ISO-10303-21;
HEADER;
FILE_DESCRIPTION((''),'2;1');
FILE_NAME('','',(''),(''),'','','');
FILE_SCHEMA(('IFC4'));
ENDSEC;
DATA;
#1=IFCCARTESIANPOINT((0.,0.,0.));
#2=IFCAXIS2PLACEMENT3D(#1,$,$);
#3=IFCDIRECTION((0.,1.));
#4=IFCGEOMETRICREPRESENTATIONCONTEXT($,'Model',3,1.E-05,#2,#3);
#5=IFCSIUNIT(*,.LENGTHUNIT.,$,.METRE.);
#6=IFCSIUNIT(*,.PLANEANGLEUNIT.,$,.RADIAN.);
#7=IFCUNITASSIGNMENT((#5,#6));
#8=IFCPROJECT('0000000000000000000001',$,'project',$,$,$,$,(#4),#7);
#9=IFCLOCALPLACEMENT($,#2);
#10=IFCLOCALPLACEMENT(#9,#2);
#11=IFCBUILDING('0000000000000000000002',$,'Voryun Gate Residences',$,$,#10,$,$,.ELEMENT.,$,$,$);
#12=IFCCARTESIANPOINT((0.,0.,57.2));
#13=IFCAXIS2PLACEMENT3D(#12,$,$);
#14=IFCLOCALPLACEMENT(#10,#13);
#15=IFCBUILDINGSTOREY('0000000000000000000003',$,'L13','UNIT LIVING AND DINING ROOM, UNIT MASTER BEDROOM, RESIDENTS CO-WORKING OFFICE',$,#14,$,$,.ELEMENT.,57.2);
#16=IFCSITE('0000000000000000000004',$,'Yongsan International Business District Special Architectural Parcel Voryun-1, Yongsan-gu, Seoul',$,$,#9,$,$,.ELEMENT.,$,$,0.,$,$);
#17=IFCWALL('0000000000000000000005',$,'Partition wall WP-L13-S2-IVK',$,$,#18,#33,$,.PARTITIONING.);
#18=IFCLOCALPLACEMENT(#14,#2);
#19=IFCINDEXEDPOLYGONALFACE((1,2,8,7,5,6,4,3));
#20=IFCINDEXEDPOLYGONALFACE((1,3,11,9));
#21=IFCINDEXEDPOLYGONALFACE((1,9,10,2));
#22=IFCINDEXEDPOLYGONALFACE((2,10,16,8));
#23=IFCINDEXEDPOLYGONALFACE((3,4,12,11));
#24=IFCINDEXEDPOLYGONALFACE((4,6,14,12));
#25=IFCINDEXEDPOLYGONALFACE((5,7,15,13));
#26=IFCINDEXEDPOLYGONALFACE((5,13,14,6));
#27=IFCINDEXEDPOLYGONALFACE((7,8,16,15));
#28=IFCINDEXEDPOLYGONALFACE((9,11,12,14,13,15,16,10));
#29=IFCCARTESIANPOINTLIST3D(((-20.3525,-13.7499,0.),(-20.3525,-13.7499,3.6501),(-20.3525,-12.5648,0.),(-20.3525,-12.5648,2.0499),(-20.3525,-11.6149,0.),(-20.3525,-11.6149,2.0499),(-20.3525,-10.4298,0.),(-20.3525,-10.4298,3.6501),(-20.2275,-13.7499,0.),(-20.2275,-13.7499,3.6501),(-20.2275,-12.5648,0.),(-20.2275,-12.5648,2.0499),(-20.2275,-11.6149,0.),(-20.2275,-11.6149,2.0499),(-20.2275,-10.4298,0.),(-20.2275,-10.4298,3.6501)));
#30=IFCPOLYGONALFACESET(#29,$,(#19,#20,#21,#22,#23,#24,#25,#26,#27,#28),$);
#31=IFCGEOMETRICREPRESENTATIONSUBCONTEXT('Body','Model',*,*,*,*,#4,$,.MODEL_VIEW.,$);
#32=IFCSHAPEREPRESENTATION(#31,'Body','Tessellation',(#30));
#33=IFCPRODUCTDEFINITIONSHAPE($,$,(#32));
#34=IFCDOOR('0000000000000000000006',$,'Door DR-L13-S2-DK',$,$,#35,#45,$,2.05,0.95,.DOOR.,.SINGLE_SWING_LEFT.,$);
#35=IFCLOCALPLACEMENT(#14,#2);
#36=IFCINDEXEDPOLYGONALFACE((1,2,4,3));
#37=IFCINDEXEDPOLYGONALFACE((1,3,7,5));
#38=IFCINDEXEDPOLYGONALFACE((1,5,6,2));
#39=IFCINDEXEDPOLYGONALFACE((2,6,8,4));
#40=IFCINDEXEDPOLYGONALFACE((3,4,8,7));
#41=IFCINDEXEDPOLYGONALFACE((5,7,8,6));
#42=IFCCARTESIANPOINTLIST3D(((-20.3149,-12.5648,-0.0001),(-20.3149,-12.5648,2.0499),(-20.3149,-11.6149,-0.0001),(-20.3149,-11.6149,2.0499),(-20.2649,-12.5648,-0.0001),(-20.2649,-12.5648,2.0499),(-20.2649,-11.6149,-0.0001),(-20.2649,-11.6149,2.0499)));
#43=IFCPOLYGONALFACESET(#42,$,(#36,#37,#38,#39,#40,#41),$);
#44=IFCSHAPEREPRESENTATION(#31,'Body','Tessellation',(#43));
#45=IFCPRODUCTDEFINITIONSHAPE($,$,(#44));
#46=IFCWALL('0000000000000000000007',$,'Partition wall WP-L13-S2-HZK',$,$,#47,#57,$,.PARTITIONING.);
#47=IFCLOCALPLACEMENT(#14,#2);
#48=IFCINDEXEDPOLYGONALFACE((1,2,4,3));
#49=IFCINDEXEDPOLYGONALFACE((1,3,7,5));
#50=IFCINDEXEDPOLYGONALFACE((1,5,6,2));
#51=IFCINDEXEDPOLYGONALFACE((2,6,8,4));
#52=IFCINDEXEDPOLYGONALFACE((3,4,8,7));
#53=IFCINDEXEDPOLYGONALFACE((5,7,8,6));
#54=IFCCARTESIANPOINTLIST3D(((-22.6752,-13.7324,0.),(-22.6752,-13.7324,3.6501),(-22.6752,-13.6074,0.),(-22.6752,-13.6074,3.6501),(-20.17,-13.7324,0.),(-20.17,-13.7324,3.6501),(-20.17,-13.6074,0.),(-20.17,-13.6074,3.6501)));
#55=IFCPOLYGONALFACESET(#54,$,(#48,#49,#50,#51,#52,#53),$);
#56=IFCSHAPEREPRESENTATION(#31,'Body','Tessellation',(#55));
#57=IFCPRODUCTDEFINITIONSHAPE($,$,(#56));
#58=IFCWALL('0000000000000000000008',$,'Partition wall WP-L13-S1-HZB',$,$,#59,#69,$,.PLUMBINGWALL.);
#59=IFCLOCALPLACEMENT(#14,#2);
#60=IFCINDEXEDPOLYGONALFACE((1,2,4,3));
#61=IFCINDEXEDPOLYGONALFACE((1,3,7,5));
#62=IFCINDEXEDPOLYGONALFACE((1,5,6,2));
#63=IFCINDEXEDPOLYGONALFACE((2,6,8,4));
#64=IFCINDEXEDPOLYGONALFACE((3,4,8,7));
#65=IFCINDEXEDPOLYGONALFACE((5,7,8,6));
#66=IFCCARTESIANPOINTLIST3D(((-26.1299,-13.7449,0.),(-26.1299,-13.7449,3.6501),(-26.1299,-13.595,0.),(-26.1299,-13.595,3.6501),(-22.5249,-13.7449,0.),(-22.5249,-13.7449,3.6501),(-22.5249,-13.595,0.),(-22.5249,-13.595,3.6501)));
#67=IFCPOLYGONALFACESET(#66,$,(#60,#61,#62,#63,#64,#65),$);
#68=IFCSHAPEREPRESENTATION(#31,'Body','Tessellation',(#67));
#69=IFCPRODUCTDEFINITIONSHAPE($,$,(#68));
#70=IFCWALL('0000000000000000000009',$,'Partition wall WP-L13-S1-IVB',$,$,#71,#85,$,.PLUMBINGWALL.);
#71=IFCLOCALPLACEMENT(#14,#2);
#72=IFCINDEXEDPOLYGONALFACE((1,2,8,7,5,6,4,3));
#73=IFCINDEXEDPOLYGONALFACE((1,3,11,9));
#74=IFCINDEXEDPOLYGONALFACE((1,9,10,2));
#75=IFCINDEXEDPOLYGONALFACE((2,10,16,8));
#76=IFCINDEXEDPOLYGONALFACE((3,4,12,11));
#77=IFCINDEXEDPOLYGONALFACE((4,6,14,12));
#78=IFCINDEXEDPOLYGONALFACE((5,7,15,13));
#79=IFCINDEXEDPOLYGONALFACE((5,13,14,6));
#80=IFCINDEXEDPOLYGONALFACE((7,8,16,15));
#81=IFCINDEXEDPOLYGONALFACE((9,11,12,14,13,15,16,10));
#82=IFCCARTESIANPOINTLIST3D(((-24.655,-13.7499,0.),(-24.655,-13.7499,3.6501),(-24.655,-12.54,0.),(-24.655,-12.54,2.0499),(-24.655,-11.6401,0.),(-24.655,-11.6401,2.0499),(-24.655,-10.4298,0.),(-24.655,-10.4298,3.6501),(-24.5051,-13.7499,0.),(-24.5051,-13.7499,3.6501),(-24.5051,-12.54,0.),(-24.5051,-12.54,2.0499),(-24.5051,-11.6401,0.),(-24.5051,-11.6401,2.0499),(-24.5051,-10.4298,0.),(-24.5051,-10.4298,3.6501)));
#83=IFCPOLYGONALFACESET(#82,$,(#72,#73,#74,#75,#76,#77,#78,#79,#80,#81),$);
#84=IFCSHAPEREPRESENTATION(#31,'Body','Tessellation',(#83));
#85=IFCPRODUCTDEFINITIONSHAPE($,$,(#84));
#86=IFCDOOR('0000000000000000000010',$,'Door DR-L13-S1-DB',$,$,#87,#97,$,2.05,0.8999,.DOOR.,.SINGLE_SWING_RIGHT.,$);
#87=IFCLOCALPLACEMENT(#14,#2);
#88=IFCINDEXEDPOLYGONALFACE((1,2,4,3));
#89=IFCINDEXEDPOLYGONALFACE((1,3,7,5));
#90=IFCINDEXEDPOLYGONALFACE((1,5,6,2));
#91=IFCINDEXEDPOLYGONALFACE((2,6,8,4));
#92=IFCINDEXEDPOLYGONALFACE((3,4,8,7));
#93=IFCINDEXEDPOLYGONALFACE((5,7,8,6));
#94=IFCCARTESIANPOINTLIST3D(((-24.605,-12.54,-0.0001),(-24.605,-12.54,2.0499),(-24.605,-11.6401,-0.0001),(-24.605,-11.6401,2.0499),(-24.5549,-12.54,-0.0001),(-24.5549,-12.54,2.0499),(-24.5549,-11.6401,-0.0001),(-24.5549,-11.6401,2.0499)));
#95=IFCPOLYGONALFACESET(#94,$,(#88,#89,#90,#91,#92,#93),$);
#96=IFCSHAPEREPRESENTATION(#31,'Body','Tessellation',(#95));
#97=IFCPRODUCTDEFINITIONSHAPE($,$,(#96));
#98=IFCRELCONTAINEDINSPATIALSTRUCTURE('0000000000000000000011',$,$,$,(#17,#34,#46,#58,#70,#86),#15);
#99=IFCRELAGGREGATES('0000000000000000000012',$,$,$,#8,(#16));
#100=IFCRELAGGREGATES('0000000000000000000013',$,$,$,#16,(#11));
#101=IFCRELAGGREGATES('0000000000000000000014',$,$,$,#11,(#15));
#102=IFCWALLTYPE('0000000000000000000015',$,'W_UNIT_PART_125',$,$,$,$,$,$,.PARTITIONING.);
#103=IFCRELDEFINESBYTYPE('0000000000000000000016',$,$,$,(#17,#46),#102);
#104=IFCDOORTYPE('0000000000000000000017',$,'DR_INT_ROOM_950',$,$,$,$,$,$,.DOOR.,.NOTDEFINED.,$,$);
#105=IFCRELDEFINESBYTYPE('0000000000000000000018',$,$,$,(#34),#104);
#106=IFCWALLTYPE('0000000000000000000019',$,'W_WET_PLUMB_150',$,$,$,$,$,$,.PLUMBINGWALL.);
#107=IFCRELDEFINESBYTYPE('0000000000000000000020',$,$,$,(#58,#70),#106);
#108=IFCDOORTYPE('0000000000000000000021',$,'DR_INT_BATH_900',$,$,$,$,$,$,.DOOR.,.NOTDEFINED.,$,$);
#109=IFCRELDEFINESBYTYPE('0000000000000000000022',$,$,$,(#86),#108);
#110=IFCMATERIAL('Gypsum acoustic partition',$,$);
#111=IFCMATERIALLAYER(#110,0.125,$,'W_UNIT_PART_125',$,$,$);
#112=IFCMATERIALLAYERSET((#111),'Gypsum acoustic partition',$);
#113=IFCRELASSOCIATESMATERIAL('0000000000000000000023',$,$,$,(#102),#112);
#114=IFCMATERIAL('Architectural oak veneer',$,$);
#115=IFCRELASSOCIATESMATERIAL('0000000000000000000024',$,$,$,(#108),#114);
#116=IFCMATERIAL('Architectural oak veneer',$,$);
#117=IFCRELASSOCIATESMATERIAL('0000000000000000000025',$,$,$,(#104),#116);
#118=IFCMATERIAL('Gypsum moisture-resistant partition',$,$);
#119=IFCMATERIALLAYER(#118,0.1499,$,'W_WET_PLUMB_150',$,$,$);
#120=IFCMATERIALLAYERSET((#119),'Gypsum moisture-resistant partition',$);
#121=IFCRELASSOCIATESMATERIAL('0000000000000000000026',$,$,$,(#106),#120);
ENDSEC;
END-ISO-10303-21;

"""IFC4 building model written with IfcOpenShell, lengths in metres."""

from ifc_helpers import new_model, si_unit, direction, frame, frame_2d, origin, place, context, subcontext, project, spatial, rectangle, extrude, material, layer, layer_set, type_object, element, fill, save


model = new_model("IFC4")

# Units and contexts
model_context = context("Model", 3, precision=1e-05, world=origin(), true_north=direction((0.0, 1.0)))
body_context = subcontext(model_context, "Body", "Model", "MODEL_VIEW")
ifc_project = project(units=[si_unit("LENGTHUNIT", "METRE"), si_unit("PLANEANGLEUNIT", "RADIAN")], contexts=[model_context])

# Site, building, storey
site_placement = place(None, origin())
site = spatial("IfcSite", under=ifc_project, at=site_placement, Name="Yongsan International Business District Special Architectural Parcel Voryun-1, Yongsan-gu, Seoul", CompositionType="ELEMENT", RefElevation=0.0)
building_placement = place(site_placement, origin())
building = spatial("IfcBuilding", under=site, at=building_placement, Name="Voryun Gate Residences", CompositionType="ELEMENT")
storey_placement = place(building_placement, frame((0.0, 0.0, 57.2)))
storey = spatial("IfcBuildingStorey", under=building, at=storey_placement, Name="L13", Description="UNIT LIVING AND DINING ROOM, UNIT MASTER BEDROOM, RESIDENTS CO-WORKING OFFICE", CompositionType="ELEMENT", Elevation=57.2)

# Shared definitions
ifc_material_1 = material(Name="Gypsum acoustic partition")
ifc_layer_1 = layer(ifc_material_1, 0.125, Name="W_UNIT_PART_125")
ifc_layer_set_1 = layer_set([ifc_layer_1], Name="Gypsum acoustic partition")
wall_type_1 = type_object("IfcWallType", Name="W_UNIT_PART_125", PredefinedType="PARTITIONING", material=ifc_layer_set_1)
ifc_material_2 = material(Name="Architectural oak veneer")
door_type_1 = type_object("IfcDoorType", Name="DR_INT_BATH_900", OperationType="NOTDEFINED", PredefinedType="DOOR", material=ifc_material_2)
ifc_material_3 = material(Name="Architectural oak veneer")
door_type_2 = type_object("IfcDoorType", Name="DR_INT_ROOM_950", OperationType="NOTDEFINED", PredefinedType="DOOR", material=ifc_material_3)

# Wall, opening, door
wall_1_placement = place(storey_placement, frame((-20.29, -13.75, 0.0), z_axis=(0.0, 0.0, 1.0), x_axis=(0.0, 1.0, 0.0)))
wall_1 = element("IfcWall", 1, at=wall_1_placement, inside=storey, type_object=wall_type_1, Name="Partition wall WP-L13-S2-IVK", PredefinedType="PARTITIONING", context=body_context, shape_type="SweptSolid", body=[
    extrude(rectangle(XDim=3.3201, YDim=0.125, at=frame_2d((1.6602, 0.0))), origin(), (0.0, 0.0, 1.0), 3.6501),
])
opening_1_placement = place(wall_1_placement, frame((1.1851, 0.0, 0.0)))
opening_1 = element("IfcOpeningElement", 2, at=opening_1_placement, cuts=wall_1, PredefinedType="OPENING", context=body_context, shape_type="SweptSolid", body=[
    extrude(rectangle(XDim=0.95, YDim=2.05, at=frame_2d((0.4751, 1.0249))), frame((0.0, 0.0725, 0.0), z_axis=(0.0, -1.0, 0.0), x_axis=(1.0, 0.0, 0.0)), (0.0, 0.0, 1.0), 0.145),
])
door_1_placement = place(opening_1_placement, origin())
door_1 = element("IfcDoor", 3, at=door_1_placement, inside=storey, type_object=door_type_2, Name="Door DR-L13-S2-DK", OperationType="SINGLE_SWING_LEFT", OverallHeight=2.05, OverallWidth=0.95, PredefinedType="DOOR", context=body_context, shape_type="SweptSolid", body=[
    extrude(rectangle(XDim=0.95, YDim=2.05, at=frame_2d((0.4751, 1.0249))), frame((0.0, 0.0249, 0.0), z_axis=(0.0, -1.0, 0.0), x_axis=(1.0, 0.0, 0.0)), (0.0, 0.0, 1.0), 0.05),
])
fill(opening_1, door_1)

# Walls
wall_2_placement = place(storey_placement, frame((-22.675, -13.6699, 0.0), z_axis=(0.0, 0.0, 1.0), x_axis=(1.0, 0.0, 0.0)))
element("IfcWall", 4, at=wall_2_placement, inside=storey, type_object=wall_type_1, Name="Partition wall WP-L13-S2-HZK", PredefinedType="PARTITIONING", context=body_context, shape_type="SweptSolid", body=[
    extrude(rectangle(XDim=2.5051, YDim=0.125, at=frame_2d((1.2524, 0.0))), origin(), (0.0, 0.0, 1.0), 3.6501),
])
ifc_material_4 = material(Name="Gypsum moisture-resistant partition")
ifc_layer_2 = layer(ifc_material_4, 0.1499, Name="W_WET_PLUMB_150")
ifc_layer_set_2 = layer_set([ifc_layer_2], Name="Gypsum moisture-resistant partition")
wall_type_2 = type_object("IfcWallType", Name="W_WET_PLUMB_150", PredefinedType="PLUMBINGWALL", material=ifc_layer_set_2)
wall_3_placement = place(storey_placement, frame((-26.1299, -13.6699, 0.0), z_axis=(0.0, 0.0, 1.0), x_axis=(1.0, 0.0, 0.0)))
element("IfcWall", 5, at=wall_3_placement, inside=storey, type_object=wall_type_2, Name="Partition wall WP-L13-S1-HZB", PredefinedType="PLUMBINGWALL", context=body_context, shape_type="SweptSolid", body=[
    extrude(rectangle(XDim=3.605, YDim=0.1499, at=frame_2d((1.8025, 0.0))), origin(), (0.0, 0.0, 1.0), 3.6501),
])

# Wall, opening, door
wall_4_placement = place(storey_placement, frame((-24.5801, -13.75, 0.0), z_axis=(0.0, 0.0, 1.0), x_axis=(0.0, 1.0, 0.0)))
wall_4 = element("IfcWall", 6, at=wall_4_placement, inside=storey, type_object=wall_type_2, Name="Partition wall WP-L13-S1-IVB", PredefinedType="PLUMBINGWALL", context=body_context, shape_type="SweptSolid", body=[
    extrude(rectangle(XDim=3.3201, YDim=0.1499, at=frame_2d((1.6602, 0.0))), origin(), (0.0, 0.0, 1.0), 3.6501),
])
opening_2_placement = place(wall_4_placement, frame((1.21, 0.0, 0.0)))
opening_2 = element("IfcOpeningElement", 7, at=opening_2_placement, cuts=wall_4, PredefinedType="OPENING", context=body_context, shape_type="SweptSolid", body=[
    extrude(rectangle(XDim=0.8999, YDim=2.05, at=frame_2d((0.45, 1.0249))), frame((0.0, 0.085, 0.0), z_axis=(0.0, -1.0, 0.0), x_axis=(1.0, 0.0, 0.0)), (0.0, 0.0, 1.0), 0.1699),
])
door_2_placement = place(opening_2_placement, origin())
door_2 = element("IfcDoor", 8, at=door_2_placement, inside=storey, type_object=door_type_1, Name="Door DR-L13-S1-DB", OperationType="SINGLE_SWING_RIGHT", OverallHeight=2.05, OverallWidth=0.8999, PredefinedType="DOOR", context=body_context, shape_type="SweptSolid", body=[
    extrude(rectangle(XDim=0.8999, YDim=2.05, at=frame_2d((0.45, 1.0249))), frame((0.0, 0.0249, 0.0), z_axis=(0.0, -1.0, 0.0), x_axis=(1.0, 0.0, 0.0)), (0.0, 0.0, 1.0), 0.05),
])
fill(opening_2, door_2)

save(model, "model.ifc")
